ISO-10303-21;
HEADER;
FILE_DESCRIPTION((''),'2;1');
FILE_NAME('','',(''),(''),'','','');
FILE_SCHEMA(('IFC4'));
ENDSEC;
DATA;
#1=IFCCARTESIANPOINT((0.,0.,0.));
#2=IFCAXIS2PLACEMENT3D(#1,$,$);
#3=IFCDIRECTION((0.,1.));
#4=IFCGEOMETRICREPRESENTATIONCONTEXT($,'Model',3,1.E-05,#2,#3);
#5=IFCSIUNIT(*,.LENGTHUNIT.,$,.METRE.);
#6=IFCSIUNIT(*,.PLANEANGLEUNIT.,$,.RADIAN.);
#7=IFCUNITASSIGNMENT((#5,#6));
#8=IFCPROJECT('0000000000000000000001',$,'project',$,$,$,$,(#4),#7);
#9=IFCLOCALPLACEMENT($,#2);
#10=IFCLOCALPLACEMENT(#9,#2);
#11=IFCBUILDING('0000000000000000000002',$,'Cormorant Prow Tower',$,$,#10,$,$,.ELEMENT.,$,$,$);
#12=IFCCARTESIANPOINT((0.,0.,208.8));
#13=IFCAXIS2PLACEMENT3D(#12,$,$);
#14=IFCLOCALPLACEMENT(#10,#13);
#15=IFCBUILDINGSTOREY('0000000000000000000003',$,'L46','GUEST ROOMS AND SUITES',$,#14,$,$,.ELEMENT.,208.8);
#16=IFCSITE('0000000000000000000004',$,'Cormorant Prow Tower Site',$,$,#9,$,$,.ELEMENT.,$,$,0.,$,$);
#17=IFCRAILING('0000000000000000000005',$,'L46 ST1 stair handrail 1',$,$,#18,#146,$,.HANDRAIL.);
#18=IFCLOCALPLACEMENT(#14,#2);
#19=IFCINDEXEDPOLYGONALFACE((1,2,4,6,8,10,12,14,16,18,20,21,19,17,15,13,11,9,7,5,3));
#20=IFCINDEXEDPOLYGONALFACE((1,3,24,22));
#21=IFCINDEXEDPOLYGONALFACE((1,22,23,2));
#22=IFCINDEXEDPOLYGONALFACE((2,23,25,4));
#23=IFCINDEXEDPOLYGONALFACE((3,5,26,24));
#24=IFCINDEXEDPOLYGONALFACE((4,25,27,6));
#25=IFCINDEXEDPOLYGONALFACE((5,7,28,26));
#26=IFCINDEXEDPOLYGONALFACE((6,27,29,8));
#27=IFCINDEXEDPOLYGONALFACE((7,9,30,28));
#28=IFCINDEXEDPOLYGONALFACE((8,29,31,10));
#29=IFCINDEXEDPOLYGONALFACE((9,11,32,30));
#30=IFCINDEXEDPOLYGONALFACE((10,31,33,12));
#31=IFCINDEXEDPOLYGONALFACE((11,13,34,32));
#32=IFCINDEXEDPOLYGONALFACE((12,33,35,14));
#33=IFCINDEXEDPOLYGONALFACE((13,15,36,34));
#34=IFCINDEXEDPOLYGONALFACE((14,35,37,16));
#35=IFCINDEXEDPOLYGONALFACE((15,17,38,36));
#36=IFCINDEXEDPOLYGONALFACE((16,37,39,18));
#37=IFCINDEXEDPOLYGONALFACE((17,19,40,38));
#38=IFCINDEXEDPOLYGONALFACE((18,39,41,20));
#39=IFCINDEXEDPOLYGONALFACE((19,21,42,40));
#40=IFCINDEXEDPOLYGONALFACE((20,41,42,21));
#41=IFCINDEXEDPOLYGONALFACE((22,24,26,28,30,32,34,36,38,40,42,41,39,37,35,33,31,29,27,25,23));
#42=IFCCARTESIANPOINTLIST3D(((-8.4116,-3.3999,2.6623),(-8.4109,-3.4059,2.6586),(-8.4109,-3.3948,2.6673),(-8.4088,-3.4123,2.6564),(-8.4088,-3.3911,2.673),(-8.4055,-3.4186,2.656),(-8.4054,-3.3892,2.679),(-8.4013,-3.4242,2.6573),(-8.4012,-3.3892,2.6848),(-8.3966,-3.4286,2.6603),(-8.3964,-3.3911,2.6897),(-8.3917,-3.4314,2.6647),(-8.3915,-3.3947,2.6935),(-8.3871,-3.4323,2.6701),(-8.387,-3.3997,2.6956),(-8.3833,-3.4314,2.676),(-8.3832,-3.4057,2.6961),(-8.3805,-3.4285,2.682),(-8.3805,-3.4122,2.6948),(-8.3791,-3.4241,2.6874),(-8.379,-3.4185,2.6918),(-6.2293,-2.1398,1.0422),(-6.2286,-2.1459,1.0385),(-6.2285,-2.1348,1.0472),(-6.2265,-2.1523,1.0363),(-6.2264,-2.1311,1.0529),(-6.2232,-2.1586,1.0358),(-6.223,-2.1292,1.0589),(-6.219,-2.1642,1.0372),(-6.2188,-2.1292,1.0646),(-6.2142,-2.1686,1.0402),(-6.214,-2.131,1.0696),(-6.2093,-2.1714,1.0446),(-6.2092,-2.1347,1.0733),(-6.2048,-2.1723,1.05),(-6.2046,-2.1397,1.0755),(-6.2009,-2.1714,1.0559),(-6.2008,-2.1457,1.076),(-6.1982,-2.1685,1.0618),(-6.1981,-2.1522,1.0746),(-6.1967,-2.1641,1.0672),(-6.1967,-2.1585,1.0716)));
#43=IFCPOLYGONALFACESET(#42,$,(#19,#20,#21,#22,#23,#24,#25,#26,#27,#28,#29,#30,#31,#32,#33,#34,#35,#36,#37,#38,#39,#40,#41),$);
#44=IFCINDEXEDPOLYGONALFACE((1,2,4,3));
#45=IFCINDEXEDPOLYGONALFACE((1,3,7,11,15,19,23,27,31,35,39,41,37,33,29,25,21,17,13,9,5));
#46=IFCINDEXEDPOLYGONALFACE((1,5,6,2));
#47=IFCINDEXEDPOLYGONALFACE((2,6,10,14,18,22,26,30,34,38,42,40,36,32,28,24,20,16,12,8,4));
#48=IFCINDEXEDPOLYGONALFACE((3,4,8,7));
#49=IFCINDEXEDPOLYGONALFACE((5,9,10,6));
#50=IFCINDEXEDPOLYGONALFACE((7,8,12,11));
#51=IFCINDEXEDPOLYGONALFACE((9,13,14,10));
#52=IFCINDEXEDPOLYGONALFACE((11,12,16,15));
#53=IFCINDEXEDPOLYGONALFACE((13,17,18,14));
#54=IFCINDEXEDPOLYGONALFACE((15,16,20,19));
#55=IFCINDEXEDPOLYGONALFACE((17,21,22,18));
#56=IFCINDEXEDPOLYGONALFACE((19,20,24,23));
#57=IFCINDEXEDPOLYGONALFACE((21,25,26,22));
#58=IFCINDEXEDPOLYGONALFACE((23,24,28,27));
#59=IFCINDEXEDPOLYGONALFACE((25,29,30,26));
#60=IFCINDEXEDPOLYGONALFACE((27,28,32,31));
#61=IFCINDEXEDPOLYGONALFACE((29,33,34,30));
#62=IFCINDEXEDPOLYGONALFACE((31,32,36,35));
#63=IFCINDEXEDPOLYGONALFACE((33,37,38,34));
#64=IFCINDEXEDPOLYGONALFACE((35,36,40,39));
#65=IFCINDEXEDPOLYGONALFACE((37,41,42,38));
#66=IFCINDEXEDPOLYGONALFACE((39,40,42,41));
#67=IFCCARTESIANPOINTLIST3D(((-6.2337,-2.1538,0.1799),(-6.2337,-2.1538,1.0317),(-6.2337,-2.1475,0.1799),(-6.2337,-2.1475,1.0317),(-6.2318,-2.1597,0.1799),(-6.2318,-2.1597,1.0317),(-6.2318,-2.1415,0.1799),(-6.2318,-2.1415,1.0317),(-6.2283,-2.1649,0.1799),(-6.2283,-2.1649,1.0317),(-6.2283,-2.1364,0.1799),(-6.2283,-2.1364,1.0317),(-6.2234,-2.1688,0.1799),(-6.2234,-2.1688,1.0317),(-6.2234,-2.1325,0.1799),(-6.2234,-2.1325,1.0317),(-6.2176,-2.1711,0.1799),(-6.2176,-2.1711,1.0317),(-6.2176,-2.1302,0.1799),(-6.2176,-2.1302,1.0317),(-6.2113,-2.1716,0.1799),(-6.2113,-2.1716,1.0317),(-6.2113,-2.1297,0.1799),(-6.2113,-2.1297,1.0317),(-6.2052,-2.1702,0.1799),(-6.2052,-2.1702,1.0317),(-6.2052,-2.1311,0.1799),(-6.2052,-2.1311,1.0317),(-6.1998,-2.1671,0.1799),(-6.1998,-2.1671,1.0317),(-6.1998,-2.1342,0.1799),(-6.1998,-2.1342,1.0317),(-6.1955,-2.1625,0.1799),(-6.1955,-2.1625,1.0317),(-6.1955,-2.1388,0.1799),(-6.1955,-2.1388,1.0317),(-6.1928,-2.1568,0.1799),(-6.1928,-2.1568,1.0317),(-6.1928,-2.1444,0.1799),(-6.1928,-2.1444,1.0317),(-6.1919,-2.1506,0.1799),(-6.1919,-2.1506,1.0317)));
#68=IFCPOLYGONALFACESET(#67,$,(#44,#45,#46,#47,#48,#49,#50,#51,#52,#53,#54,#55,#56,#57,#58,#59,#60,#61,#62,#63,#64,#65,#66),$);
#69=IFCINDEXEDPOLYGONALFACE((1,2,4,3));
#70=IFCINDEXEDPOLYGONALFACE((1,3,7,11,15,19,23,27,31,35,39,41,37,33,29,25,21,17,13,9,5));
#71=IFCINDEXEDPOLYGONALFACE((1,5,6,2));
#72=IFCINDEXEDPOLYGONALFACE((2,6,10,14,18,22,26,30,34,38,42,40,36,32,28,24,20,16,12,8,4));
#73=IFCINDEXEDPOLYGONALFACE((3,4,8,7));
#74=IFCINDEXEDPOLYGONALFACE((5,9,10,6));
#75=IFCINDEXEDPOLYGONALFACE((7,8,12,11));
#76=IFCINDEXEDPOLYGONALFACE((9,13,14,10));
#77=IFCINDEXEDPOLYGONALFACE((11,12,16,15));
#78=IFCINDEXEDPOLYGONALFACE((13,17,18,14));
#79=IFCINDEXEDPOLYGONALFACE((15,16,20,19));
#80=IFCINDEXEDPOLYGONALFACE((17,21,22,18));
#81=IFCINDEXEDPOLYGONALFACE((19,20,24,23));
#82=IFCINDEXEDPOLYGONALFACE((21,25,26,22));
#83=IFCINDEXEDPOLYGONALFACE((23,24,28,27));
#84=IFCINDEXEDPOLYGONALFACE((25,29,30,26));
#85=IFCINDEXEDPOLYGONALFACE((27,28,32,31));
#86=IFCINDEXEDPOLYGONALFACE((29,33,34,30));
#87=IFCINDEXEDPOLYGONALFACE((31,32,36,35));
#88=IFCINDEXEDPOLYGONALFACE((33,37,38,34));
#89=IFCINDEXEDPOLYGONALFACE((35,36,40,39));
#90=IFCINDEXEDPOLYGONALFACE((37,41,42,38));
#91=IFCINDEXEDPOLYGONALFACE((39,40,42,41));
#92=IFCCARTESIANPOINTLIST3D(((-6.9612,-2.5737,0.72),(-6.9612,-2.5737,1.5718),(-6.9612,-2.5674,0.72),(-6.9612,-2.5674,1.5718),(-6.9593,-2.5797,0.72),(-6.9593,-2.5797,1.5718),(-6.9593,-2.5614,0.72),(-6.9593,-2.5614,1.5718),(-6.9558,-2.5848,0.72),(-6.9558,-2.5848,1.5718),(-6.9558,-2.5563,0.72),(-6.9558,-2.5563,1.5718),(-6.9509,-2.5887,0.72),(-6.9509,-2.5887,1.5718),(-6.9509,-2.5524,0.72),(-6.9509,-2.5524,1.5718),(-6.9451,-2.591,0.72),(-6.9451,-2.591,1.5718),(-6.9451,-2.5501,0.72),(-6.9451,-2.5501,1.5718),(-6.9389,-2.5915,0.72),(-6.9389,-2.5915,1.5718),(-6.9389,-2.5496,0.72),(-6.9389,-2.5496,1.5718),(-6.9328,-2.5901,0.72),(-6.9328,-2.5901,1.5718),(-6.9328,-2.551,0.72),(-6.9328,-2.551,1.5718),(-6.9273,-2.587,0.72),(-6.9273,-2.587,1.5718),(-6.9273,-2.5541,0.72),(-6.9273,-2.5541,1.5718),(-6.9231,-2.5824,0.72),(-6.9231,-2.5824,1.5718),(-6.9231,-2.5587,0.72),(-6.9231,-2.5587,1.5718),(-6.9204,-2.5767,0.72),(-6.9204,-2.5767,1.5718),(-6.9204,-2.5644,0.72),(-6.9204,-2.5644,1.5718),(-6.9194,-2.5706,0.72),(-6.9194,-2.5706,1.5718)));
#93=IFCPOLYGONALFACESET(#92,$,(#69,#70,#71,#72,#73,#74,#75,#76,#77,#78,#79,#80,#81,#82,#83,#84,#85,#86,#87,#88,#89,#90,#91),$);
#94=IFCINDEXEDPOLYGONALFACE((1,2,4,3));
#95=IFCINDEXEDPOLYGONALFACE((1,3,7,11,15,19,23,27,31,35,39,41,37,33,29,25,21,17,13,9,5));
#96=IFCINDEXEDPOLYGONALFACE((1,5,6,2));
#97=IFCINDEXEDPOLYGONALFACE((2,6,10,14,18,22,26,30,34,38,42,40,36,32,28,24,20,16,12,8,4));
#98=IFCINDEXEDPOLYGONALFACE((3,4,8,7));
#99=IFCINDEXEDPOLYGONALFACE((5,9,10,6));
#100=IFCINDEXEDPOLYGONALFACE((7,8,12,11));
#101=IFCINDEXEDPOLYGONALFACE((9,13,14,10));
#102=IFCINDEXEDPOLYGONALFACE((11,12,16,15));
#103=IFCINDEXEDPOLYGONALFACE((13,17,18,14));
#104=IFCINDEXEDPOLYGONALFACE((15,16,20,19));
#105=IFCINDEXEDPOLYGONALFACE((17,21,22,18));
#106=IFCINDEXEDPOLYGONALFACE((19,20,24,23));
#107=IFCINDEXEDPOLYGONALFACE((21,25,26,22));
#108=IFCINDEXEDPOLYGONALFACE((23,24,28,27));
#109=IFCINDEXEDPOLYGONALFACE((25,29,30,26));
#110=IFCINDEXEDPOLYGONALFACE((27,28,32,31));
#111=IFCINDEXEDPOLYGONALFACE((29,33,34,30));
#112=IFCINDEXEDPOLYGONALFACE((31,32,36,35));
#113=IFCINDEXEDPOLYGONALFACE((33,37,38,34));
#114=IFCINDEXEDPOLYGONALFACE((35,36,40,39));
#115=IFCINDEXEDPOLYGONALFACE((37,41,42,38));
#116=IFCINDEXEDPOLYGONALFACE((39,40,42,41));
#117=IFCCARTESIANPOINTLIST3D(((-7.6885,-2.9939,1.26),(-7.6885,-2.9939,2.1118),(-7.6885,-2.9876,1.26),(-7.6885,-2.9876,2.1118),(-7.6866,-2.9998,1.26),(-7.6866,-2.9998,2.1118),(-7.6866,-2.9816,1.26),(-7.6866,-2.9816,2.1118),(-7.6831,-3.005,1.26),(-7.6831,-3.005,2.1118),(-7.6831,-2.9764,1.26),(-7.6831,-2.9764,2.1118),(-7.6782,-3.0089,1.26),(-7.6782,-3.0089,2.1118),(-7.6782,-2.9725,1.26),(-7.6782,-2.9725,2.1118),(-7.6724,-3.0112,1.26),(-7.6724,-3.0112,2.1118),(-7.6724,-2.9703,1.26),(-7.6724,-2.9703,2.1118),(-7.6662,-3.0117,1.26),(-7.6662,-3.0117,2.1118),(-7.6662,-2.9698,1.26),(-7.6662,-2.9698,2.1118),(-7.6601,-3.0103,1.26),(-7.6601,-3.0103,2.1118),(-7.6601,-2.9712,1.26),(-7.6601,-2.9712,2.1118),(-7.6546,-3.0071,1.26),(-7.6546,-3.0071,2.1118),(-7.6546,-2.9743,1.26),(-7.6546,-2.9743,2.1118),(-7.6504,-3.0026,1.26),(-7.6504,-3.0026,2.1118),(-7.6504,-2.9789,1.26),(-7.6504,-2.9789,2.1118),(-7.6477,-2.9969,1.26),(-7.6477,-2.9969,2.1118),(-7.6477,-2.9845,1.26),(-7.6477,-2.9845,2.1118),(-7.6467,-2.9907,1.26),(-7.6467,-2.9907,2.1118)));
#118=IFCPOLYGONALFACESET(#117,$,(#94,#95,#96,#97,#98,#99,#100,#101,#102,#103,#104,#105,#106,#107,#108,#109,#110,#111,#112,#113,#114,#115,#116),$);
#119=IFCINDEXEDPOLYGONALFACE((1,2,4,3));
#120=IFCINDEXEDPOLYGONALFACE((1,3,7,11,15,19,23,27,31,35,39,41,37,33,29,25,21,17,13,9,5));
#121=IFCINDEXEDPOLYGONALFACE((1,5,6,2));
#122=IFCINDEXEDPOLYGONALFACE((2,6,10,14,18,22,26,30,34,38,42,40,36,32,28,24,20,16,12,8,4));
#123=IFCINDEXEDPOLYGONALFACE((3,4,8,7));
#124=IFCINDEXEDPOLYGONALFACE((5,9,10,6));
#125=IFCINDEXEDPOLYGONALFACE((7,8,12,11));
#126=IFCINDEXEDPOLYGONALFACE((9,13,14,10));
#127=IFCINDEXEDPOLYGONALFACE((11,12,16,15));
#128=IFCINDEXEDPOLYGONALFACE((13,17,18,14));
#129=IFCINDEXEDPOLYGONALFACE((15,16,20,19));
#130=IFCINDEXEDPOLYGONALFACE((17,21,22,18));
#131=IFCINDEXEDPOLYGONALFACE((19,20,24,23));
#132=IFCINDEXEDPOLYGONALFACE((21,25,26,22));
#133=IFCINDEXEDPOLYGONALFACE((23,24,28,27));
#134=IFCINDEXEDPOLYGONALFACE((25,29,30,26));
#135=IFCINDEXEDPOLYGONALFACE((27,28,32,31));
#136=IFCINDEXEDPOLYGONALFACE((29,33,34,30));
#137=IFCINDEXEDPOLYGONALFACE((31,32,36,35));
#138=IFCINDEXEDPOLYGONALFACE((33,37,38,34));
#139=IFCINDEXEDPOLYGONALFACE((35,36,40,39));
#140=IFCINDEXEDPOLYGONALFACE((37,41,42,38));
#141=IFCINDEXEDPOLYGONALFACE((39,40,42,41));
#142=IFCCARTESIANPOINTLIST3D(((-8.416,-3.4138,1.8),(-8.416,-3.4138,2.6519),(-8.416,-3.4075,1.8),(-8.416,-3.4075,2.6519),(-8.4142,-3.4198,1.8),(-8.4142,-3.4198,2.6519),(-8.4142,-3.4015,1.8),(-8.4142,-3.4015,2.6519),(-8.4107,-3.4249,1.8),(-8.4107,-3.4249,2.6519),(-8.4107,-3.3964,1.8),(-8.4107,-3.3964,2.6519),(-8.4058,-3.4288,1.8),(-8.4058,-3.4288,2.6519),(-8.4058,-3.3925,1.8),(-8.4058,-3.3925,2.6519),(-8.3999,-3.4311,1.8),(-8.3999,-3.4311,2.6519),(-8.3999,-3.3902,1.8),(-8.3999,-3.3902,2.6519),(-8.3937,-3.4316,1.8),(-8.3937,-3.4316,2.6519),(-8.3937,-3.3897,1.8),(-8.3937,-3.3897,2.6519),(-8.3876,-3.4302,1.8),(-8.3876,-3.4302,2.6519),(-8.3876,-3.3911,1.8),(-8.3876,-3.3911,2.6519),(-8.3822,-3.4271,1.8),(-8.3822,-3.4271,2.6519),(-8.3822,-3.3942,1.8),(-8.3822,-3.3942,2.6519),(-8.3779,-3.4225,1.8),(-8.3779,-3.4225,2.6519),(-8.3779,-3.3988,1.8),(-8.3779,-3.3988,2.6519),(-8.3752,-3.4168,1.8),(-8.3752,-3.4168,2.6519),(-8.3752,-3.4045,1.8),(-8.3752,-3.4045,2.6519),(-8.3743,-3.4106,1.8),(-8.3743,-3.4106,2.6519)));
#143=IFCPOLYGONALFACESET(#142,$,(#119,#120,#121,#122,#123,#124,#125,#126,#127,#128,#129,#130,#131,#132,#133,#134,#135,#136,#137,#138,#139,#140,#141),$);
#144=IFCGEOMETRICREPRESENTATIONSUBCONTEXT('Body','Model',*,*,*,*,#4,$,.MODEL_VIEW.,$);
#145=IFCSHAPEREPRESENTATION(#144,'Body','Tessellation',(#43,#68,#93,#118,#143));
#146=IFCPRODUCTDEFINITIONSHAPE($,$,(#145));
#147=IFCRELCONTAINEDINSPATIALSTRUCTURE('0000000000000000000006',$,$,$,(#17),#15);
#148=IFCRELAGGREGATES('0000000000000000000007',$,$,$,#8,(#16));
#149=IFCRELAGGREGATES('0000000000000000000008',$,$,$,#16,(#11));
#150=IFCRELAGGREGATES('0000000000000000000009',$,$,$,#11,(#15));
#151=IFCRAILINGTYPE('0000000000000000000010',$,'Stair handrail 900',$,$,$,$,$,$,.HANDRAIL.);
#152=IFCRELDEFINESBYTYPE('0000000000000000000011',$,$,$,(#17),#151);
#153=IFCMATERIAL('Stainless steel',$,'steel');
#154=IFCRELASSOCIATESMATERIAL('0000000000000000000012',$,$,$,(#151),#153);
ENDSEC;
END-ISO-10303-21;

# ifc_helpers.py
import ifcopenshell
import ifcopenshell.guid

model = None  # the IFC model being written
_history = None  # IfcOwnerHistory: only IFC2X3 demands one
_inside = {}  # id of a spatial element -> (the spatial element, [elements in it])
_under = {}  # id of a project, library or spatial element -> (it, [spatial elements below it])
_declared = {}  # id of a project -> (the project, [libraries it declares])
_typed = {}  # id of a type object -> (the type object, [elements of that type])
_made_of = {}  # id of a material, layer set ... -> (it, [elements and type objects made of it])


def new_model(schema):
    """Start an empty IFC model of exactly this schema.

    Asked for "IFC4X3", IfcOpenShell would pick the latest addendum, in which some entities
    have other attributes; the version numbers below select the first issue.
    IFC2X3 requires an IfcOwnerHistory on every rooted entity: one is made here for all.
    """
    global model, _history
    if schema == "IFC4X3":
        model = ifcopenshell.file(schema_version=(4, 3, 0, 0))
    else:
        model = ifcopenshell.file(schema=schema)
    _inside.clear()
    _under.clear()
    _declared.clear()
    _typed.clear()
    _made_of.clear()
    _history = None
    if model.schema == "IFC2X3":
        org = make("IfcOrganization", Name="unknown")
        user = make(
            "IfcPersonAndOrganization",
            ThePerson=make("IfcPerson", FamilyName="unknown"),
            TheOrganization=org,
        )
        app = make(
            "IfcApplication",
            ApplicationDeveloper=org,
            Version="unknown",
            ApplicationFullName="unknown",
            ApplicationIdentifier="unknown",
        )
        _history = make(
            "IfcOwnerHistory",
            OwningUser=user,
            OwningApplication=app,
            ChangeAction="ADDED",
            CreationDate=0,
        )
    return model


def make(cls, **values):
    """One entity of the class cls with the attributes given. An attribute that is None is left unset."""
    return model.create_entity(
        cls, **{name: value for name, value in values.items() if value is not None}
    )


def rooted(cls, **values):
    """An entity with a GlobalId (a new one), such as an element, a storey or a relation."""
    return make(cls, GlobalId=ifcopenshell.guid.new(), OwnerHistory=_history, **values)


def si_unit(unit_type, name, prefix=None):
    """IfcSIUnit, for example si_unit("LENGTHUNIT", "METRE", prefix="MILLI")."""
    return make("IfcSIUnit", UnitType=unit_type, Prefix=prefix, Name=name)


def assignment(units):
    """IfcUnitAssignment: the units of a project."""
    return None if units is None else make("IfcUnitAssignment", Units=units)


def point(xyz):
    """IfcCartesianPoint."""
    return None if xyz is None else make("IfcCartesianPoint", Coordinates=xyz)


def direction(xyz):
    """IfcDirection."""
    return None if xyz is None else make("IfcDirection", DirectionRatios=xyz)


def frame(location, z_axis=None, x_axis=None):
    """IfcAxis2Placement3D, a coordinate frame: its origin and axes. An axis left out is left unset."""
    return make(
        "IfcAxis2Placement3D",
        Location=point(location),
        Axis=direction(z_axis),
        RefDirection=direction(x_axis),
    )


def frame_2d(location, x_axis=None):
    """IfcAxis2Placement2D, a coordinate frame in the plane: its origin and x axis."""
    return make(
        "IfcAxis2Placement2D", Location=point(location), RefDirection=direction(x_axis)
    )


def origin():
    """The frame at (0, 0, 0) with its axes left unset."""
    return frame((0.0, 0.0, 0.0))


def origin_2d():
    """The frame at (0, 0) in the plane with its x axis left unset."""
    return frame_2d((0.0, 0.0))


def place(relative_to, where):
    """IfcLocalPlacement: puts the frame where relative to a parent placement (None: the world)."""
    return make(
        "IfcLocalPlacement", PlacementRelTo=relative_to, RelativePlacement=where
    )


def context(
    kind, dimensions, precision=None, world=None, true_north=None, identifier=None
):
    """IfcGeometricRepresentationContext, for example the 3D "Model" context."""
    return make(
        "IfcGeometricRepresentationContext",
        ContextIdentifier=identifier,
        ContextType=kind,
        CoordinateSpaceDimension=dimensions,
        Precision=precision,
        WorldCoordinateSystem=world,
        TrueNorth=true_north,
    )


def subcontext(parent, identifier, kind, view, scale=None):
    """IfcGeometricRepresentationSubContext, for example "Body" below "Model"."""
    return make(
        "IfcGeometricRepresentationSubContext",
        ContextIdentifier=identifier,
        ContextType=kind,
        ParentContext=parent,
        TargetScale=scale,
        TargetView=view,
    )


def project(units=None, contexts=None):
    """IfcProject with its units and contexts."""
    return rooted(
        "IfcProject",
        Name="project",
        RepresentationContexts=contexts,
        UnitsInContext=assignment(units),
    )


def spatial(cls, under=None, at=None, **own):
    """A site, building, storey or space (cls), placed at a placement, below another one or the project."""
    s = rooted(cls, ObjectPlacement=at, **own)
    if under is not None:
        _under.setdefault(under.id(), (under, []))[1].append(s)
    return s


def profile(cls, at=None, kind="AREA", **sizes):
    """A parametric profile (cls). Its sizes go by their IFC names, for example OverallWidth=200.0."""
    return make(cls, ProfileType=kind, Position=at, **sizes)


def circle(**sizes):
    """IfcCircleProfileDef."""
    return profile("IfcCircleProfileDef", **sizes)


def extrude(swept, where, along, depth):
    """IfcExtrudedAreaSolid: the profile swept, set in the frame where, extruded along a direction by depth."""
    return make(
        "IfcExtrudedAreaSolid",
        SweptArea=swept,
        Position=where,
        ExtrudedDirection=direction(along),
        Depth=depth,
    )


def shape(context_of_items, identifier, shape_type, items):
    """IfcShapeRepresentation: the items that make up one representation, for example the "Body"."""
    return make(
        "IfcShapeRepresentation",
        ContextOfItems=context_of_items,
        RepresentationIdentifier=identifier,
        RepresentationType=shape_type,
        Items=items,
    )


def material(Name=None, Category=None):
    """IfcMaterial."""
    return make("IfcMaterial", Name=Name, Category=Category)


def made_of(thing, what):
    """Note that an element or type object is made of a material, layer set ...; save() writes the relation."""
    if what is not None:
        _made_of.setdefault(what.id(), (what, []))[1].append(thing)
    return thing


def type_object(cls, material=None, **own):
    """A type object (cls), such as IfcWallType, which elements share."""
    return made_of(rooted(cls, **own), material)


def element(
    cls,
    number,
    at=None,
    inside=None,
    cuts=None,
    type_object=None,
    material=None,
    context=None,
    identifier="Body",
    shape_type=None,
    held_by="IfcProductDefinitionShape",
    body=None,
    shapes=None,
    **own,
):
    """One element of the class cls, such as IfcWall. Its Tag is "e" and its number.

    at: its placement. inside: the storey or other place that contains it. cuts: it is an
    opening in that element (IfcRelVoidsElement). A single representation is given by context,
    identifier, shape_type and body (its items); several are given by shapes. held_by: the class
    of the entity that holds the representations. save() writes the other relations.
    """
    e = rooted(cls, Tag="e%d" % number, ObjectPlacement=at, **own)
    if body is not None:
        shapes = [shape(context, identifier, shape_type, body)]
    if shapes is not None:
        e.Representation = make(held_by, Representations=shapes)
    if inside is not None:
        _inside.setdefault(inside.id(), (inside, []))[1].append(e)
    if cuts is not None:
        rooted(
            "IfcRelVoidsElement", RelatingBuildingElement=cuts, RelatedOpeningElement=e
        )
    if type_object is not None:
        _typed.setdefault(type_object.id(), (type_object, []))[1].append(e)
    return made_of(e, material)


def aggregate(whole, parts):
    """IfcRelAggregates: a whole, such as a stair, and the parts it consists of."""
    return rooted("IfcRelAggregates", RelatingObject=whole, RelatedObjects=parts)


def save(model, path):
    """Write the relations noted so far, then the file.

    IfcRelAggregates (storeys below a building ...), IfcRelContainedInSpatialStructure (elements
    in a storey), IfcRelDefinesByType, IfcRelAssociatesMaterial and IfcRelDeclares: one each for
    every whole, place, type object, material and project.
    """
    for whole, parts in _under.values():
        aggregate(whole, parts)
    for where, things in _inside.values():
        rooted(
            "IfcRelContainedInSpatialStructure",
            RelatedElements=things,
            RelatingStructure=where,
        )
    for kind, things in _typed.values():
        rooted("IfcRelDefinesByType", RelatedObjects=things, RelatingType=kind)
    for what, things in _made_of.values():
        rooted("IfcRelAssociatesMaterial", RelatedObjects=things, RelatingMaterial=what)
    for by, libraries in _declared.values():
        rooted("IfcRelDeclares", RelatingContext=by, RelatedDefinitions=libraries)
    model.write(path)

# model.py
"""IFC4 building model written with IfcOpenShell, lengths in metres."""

from ifc_helpers import new_model, si_unit, direction, frame, origin, origin_2d, place, context, subcontext, project, spatial, circle, extrude, material, type_object, element, save


model = new_model("IFC4")

# Units and contexts
model_context = context("Model", 3, precision=1e-05, world=origin(), true_north=direction((0.0, 1.0)))
body_context = subcontext(model_context, "Body", "Model", "MODEL_VIEW")
ifc_project = project(units=[si_unit("LENGTHUNIT", "METRE"), si_unit("PLANEANGLEUNIT", "RADIAN")], contexts=[model_context])

# Site, building, storey
site_placement = place(None, origin())
site = spatial("IfcSite", under=ifc_project, at=site_placement, Name="Cormorant Prow Tower Site", CompositionType="ELEMENT", RefElevation=0.0)
building_placement = place(site_placement, origin())
building = spatial("IfcBuilding", under=site, at=building_placement, Name="Cormorant Prow Tower", CompositionType="ELEMENT")
storey_placement = place(building_placement, frame((0.0, 0.0, 208.8)))
storey = spatial("IfcBuildingStorey", under=building, at=storey_placement, Name="L46", Description="GUEST ROOMS AND SUITES", CompositionType="ELEMENT", Elevation=208.8)

# Railing
ifc_material_1 = material(Name="Stainless steel", Category="steel")
railing_type_1 = type_object("IfcRailingType", Name="Stair handrail 900", PredefinedType="HANDRAIL", material=ifc_material_1)
railing_1_placement = place(storey_placement, frame((-6.2129, -2.1506, 0.1799)))
element("IfcRailing", 1, at=railing_1_placement, inside=storey, type_object=railing_type_1, Name="L46 ST1 stair handrail 1", PredefinedType="HANDRAIL", context=body_context, shape_type="SweptSolid", body=[
    extrude(circle(Radius=0.0239, at=origin_2d()), frame((0.0, 0.0, 0.876), z_axis=(-0.728464, -0.420584, 0.540786), x_axis=(0.500005, -0.866023, 0.0)), (0.0, 0.0, 1.0), 2.9958),
    extrude(circle(Radius=0.021, at=origin_2d()), origin(), (0.0, 0.0, 1.0), 0.8518),
    extrude(circle(Radius=0.021, at=origin_2d()), frame((-0.7275, -0.4199, 0.54)), (0.0, 0.0, 1.0), 0.8518),
    extrude(circle(Radius=0.021, at=origin_2d()), frame((-1.4548, -0.8401, 1.0801)), (0.0, 0.0, 1.0), 0.8518),
    extrude(circle(Radius=0.021, at=origin_2d()), frame((-2.1824, -1.26, 1.6201)), (0.0, 0.0, 1.0), 0.8518),
])

save(model, "model.ifc")
